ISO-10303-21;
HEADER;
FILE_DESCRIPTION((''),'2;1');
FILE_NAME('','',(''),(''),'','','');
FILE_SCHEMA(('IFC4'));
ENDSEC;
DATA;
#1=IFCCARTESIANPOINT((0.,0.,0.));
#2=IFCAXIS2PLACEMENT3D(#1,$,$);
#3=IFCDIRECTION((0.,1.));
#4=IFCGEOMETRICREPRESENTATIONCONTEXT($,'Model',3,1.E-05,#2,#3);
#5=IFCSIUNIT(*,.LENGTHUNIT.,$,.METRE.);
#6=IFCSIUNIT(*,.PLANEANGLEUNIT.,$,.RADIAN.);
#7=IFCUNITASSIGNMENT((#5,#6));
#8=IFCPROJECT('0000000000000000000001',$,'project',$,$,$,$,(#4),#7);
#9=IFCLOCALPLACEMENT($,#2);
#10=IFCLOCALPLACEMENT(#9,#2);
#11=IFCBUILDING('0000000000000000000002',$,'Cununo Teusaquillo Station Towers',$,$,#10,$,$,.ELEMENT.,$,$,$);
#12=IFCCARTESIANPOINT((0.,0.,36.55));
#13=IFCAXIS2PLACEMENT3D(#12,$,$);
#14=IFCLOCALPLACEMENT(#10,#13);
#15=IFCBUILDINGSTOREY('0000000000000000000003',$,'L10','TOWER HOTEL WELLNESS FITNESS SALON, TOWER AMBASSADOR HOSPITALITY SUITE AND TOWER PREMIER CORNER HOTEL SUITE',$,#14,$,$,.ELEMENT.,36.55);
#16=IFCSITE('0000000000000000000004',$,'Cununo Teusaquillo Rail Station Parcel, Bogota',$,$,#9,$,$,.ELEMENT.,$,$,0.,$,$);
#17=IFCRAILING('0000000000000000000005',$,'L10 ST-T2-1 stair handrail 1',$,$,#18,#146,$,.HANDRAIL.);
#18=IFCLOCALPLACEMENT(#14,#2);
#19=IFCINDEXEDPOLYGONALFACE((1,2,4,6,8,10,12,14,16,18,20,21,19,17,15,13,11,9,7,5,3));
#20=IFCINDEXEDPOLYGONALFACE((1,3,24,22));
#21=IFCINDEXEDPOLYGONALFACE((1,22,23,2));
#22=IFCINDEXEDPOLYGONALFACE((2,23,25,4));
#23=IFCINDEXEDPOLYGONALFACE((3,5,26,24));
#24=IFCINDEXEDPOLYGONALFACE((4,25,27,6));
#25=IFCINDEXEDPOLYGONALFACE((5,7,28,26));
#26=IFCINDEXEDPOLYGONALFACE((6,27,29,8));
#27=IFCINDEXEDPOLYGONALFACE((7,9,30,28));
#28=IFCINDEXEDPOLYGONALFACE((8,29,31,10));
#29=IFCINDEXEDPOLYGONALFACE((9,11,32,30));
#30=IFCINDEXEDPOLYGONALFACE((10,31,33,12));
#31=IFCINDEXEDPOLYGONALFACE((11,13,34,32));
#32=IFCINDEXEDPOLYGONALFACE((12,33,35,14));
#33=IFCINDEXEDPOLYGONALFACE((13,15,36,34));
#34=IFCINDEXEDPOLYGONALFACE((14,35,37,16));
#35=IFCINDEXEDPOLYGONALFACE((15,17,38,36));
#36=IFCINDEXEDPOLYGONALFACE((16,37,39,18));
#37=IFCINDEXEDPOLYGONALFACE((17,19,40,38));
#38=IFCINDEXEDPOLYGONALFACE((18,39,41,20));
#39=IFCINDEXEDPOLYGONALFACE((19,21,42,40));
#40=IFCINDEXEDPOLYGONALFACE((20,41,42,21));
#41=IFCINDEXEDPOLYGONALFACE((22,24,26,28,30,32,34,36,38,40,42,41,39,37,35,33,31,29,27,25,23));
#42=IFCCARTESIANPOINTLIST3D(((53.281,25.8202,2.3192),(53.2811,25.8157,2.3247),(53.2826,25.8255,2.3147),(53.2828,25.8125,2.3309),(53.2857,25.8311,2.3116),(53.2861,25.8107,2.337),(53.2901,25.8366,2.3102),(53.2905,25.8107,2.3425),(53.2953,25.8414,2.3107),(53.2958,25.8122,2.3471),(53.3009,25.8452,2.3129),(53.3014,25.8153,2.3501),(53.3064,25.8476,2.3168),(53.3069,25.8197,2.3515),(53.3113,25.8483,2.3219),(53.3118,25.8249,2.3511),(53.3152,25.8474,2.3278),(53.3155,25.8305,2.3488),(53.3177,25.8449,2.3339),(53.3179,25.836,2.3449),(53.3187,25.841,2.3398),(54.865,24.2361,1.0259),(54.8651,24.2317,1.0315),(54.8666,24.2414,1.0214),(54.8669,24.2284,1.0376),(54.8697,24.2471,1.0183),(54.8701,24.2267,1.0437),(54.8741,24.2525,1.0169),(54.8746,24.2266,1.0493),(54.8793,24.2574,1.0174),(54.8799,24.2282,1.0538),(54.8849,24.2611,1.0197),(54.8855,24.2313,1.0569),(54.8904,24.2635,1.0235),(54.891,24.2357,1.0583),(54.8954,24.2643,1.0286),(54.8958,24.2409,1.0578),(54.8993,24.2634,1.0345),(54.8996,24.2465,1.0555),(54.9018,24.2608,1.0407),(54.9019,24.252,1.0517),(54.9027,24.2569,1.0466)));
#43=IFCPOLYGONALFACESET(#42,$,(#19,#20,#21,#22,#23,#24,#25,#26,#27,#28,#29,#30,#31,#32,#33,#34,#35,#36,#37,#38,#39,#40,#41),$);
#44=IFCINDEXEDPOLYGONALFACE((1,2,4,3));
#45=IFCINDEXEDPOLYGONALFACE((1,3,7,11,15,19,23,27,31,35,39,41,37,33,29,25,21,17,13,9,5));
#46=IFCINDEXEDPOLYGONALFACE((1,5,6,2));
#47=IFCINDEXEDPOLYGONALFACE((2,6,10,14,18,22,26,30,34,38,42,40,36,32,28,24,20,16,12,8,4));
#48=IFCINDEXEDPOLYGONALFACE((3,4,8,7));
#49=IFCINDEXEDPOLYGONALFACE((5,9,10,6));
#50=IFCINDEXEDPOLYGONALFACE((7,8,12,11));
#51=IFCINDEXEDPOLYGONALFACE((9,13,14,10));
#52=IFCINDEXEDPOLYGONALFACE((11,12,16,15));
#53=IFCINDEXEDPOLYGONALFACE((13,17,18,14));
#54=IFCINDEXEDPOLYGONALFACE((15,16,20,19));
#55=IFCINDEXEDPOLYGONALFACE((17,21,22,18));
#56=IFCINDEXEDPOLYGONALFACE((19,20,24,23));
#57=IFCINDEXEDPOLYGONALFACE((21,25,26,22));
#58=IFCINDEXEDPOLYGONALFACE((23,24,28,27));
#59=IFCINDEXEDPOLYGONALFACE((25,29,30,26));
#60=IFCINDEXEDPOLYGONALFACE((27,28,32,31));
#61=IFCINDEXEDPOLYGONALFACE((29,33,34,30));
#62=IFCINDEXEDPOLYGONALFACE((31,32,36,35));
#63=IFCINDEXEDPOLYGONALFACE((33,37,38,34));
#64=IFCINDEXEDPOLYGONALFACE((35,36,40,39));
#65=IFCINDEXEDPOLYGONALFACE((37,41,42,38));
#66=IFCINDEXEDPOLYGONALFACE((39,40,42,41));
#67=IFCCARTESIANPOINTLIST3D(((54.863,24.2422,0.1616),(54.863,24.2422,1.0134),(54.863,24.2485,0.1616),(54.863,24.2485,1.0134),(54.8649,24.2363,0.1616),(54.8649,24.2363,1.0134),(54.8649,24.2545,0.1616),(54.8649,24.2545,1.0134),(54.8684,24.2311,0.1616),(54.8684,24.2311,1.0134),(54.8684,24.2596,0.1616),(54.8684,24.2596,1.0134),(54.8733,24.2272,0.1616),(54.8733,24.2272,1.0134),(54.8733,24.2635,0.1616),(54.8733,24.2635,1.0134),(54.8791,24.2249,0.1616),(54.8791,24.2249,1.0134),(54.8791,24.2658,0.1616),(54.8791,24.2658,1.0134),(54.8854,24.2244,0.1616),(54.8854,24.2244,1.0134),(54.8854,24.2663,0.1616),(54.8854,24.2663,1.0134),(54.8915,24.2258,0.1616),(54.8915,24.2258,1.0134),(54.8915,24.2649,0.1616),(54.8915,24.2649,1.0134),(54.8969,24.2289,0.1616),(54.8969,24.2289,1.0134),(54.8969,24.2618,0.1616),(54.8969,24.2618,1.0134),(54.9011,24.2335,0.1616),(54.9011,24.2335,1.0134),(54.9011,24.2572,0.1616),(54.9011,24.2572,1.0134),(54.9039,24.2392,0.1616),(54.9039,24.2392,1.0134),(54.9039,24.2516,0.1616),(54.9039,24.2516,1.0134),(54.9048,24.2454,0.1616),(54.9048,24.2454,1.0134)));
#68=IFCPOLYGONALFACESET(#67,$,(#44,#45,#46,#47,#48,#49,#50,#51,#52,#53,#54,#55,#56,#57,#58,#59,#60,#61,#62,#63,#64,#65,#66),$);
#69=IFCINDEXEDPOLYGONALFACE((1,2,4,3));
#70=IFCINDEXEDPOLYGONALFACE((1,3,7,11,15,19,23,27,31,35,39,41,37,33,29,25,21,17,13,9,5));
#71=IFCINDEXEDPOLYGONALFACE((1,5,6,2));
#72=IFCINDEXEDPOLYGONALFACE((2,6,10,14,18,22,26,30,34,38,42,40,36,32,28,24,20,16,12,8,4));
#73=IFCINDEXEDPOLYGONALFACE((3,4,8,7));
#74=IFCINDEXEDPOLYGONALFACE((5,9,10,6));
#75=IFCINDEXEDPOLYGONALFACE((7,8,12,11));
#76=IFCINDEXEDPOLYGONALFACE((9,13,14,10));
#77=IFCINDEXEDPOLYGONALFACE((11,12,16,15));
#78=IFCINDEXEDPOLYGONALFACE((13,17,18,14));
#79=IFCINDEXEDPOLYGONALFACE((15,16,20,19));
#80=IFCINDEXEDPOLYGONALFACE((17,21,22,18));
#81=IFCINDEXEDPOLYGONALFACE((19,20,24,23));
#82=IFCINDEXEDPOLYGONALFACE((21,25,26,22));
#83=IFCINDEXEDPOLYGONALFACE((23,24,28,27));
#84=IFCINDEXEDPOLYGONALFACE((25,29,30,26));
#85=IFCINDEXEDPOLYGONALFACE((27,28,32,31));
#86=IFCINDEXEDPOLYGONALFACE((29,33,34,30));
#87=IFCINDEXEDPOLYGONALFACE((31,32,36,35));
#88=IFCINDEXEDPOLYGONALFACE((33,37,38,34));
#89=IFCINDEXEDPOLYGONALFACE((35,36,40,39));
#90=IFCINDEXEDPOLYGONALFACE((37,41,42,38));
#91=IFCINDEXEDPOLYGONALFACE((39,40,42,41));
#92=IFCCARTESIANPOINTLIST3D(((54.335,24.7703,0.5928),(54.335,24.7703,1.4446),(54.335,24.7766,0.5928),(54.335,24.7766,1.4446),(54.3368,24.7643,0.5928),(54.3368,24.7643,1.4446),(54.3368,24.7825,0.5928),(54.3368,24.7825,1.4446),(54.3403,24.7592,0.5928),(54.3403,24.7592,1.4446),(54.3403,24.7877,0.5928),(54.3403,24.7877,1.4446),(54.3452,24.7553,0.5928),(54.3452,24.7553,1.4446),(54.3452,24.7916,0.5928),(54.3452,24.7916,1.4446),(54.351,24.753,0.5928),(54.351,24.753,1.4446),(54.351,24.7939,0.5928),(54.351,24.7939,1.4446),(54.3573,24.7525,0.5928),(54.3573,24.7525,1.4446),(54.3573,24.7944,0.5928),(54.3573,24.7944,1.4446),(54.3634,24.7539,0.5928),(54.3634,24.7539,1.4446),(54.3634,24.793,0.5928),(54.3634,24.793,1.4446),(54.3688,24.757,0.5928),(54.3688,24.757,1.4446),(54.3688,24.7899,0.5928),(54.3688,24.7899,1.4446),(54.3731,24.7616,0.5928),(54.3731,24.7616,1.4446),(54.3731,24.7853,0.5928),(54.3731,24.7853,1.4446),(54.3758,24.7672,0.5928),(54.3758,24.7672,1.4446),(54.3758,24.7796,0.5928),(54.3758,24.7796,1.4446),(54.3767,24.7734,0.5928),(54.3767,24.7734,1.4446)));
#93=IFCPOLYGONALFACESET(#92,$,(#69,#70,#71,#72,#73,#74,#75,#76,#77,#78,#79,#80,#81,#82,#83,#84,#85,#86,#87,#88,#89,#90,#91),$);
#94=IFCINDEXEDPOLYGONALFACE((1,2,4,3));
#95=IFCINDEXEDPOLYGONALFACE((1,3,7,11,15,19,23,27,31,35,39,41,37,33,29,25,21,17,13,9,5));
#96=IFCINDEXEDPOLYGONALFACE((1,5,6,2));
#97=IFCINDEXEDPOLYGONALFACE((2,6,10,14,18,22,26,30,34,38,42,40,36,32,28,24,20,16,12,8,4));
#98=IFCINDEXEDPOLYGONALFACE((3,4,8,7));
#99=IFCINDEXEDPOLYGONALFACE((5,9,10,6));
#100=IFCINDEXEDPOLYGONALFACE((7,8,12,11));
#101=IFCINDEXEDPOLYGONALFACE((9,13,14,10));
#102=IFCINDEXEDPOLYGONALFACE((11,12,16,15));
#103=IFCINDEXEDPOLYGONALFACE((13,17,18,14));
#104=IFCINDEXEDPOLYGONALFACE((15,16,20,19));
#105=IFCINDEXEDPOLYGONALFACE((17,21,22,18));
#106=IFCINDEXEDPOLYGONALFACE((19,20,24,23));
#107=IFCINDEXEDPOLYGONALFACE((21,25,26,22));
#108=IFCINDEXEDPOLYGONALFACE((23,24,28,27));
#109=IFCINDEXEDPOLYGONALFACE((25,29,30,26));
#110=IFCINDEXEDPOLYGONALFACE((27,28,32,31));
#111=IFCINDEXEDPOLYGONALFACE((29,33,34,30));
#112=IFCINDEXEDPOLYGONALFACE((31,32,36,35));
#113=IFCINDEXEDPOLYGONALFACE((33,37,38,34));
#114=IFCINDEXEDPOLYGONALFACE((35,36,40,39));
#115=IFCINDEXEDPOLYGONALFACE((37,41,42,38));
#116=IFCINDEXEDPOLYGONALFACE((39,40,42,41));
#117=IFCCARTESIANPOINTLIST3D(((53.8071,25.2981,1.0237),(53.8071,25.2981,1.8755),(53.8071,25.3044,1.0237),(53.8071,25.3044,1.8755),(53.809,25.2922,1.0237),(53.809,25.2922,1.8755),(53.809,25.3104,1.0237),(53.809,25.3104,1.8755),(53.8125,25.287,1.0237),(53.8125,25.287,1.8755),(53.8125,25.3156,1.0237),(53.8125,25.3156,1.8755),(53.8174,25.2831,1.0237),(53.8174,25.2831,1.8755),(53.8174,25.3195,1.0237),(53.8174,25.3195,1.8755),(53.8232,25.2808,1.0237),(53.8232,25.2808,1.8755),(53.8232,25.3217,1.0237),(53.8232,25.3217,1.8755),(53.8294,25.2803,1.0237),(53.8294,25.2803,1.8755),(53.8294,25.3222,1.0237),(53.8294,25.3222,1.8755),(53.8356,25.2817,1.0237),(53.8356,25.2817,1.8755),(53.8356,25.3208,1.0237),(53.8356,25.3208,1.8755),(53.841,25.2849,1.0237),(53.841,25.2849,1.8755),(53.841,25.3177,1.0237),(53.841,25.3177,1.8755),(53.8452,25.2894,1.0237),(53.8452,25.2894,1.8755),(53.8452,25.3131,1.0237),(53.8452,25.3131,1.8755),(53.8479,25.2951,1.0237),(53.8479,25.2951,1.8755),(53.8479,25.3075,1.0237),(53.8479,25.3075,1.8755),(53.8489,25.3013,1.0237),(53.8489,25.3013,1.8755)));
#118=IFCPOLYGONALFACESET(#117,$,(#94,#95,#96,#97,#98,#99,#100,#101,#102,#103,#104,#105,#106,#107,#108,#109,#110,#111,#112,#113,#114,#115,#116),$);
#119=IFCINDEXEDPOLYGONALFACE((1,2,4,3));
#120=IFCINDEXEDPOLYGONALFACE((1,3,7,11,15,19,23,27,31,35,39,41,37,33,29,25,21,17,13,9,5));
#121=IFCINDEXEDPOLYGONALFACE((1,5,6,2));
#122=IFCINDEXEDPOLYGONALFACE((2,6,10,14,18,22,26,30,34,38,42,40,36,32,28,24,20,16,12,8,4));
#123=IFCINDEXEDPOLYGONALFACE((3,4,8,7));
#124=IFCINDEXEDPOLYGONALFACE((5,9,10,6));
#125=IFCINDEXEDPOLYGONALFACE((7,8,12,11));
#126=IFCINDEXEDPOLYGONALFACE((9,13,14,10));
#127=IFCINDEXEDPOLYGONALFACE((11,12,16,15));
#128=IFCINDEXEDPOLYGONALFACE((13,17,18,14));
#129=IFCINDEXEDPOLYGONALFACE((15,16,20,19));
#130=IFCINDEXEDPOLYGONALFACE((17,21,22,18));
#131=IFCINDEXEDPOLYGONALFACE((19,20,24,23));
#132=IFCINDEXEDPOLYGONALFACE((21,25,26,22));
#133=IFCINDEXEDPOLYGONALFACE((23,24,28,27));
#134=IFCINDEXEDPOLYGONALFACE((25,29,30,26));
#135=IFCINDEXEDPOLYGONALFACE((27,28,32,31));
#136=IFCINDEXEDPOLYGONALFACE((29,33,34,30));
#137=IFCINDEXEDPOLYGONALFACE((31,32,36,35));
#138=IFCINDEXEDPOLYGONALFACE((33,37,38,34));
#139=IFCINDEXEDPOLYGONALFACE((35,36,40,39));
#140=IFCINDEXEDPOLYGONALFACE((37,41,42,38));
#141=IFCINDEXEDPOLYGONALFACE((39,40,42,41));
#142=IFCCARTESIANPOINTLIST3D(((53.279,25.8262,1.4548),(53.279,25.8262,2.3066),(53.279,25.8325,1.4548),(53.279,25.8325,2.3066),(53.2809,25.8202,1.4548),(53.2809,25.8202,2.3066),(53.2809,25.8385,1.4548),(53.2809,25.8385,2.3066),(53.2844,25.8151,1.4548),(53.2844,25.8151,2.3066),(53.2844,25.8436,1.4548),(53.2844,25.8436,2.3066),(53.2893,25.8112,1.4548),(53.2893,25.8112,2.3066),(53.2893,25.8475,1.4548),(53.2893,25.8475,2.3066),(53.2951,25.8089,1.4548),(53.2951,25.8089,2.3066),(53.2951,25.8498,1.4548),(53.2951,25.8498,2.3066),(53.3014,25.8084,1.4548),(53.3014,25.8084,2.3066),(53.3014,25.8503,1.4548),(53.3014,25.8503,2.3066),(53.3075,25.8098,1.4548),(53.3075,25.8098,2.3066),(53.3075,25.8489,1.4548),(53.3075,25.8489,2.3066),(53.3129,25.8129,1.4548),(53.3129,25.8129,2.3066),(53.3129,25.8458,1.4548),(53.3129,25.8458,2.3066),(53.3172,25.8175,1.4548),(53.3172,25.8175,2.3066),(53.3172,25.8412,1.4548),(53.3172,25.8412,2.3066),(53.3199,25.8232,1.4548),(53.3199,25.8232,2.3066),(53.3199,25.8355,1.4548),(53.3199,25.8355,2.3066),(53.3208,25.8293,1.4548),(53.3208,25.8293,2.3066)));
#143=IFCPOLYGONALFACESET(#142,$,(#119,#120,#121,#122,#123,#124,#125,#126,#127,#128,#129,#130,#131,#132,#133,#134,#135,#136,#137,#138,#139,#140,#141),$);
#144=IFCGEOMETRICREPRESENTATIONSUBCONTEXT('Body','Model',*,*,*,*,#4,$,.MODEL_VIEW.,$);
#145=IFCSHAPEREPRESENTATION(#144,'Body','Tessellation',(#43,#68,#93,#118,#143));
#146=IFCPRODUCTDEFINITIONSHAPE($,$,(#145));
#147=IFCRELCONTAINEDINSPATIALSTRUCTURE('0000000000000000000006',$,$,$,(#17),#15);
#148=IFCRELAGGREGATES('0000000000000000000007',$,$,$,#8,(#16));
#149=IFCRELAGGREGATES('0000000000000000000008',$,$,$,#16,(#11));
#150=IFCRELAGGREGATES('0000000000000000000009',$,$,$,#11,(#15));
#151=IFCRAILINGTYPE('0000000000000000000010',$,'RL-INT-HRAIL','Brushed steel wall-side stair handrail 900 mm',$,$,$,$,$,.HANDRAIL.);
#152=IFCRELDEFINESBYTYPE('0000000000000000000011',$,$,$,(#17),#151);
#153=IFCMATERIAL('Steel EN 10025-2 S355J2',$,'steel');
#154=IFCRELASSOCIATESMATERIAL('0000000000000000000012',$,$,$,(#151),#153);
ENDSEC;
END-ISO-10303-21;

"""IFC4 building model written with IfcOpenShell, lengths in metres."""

from ifc_helpers import new_model, si_unit, direction, frame, origin, origin_2d, place, context, subcontext, project, spatial, circle, extrude, material, type_object, element, save


model = new_model("IFC4")

# Units and contexts
model_context = context("Model", 3, precision=1e-05, world=origin(), true_north=direction((0.0, 1.0)))
body_context = subcontext(model_context, "Body", "Model", "MODEL_VIEW")
ifc_project = project(units=[si_unit("LENGTHUNIT", "METRE"), si_unit("PLANEANGLEUNIT", "RADIAN")], contexts=[model_context])

# Site, building, storey
site_placement = place(None, origin())
site = spatial("IfcSite", under=ifc_project, at=site_placement, Name="Cununo Teusaquillo Rail Station Parcel, Bogota", CompositionType="ELEMENT", RefElevation=0.0)
building_placement = place(site_placement, origin())
building = spatial("IfcBuilding", under=site, at=building_placement, Name="Cununo Teusaquillo Station Towers", CompositionType="ELEMENT")
storey_placement = place(building_placement, frame((0.0, 0.0, 36.55)))
storey = spatial("IfcBuildingStorey", under=building, at=storey_placement, Name="L10", Description="TOWER HOTEL WELLNESS FITNESS SALON, TOWER AMBASSADOR HOSPITALITY SUITE AND TOWER PREMIER CORNER HOTEL SUITE", CompositionType="ELEMENT", Elevation=36.55)

# Railing
ifc_material_1 = material(Name="Steel EN 10025-2 S355J2", Category="steel")
railing_type_1 = type_object("IfcRailingType", Name="RL-INT-HRAIL", Description="Brushed steel wall-side stair handrail 900 mm", PredefinedType="HANDRAIL", material=ifc_material_1)
railing_1_placement = place(storey_placement, frame((54.8838, 24.2454, 0.1616)))
element("IfcRailing", 1, at=railing_1_placement, inside=storey, type_object=railing_type_1, Name="L10 ST-T2-1 stair handrail 1", PredefinedType="HANDRAIL", context=body_context, shape_type="SweptSolid", body=[
    extrude(circle(Radius=0.0239, at=origin_2d()), frame((0.0, 0.0, 0.876), z_axis=(-0.612385, 0.612385, 0.49997), x_axis=(-0.707107, -0.707107, 0.0)), (0.0, 0.0, 1.0), 2.5867),
    extrude(circle(Radius=0.021, at=origin_2d()), origin(), (0.0, 0.0, 1.0), 0.8518),
    extrude(circle(Radius=0.021, at=origin_2d()), frame((-0.5281, 0.5281, 0.4312)), (0.0, 0.0, 1.0), 0.8518),
    extrude(circle(Radius=0.021, at=origin_2d()), frame((-1.0559, 1.0559, 0.8621)), (0.0, 0.0, 1.0), 0.8518),
    extrude(circle(Radius=0.021, at=origin_2d()), frame((-1.584, 1.584, 1.2932)), (0.0, 0.0, 1.0), 0.8518),
])

save(model, "model.ifc")
